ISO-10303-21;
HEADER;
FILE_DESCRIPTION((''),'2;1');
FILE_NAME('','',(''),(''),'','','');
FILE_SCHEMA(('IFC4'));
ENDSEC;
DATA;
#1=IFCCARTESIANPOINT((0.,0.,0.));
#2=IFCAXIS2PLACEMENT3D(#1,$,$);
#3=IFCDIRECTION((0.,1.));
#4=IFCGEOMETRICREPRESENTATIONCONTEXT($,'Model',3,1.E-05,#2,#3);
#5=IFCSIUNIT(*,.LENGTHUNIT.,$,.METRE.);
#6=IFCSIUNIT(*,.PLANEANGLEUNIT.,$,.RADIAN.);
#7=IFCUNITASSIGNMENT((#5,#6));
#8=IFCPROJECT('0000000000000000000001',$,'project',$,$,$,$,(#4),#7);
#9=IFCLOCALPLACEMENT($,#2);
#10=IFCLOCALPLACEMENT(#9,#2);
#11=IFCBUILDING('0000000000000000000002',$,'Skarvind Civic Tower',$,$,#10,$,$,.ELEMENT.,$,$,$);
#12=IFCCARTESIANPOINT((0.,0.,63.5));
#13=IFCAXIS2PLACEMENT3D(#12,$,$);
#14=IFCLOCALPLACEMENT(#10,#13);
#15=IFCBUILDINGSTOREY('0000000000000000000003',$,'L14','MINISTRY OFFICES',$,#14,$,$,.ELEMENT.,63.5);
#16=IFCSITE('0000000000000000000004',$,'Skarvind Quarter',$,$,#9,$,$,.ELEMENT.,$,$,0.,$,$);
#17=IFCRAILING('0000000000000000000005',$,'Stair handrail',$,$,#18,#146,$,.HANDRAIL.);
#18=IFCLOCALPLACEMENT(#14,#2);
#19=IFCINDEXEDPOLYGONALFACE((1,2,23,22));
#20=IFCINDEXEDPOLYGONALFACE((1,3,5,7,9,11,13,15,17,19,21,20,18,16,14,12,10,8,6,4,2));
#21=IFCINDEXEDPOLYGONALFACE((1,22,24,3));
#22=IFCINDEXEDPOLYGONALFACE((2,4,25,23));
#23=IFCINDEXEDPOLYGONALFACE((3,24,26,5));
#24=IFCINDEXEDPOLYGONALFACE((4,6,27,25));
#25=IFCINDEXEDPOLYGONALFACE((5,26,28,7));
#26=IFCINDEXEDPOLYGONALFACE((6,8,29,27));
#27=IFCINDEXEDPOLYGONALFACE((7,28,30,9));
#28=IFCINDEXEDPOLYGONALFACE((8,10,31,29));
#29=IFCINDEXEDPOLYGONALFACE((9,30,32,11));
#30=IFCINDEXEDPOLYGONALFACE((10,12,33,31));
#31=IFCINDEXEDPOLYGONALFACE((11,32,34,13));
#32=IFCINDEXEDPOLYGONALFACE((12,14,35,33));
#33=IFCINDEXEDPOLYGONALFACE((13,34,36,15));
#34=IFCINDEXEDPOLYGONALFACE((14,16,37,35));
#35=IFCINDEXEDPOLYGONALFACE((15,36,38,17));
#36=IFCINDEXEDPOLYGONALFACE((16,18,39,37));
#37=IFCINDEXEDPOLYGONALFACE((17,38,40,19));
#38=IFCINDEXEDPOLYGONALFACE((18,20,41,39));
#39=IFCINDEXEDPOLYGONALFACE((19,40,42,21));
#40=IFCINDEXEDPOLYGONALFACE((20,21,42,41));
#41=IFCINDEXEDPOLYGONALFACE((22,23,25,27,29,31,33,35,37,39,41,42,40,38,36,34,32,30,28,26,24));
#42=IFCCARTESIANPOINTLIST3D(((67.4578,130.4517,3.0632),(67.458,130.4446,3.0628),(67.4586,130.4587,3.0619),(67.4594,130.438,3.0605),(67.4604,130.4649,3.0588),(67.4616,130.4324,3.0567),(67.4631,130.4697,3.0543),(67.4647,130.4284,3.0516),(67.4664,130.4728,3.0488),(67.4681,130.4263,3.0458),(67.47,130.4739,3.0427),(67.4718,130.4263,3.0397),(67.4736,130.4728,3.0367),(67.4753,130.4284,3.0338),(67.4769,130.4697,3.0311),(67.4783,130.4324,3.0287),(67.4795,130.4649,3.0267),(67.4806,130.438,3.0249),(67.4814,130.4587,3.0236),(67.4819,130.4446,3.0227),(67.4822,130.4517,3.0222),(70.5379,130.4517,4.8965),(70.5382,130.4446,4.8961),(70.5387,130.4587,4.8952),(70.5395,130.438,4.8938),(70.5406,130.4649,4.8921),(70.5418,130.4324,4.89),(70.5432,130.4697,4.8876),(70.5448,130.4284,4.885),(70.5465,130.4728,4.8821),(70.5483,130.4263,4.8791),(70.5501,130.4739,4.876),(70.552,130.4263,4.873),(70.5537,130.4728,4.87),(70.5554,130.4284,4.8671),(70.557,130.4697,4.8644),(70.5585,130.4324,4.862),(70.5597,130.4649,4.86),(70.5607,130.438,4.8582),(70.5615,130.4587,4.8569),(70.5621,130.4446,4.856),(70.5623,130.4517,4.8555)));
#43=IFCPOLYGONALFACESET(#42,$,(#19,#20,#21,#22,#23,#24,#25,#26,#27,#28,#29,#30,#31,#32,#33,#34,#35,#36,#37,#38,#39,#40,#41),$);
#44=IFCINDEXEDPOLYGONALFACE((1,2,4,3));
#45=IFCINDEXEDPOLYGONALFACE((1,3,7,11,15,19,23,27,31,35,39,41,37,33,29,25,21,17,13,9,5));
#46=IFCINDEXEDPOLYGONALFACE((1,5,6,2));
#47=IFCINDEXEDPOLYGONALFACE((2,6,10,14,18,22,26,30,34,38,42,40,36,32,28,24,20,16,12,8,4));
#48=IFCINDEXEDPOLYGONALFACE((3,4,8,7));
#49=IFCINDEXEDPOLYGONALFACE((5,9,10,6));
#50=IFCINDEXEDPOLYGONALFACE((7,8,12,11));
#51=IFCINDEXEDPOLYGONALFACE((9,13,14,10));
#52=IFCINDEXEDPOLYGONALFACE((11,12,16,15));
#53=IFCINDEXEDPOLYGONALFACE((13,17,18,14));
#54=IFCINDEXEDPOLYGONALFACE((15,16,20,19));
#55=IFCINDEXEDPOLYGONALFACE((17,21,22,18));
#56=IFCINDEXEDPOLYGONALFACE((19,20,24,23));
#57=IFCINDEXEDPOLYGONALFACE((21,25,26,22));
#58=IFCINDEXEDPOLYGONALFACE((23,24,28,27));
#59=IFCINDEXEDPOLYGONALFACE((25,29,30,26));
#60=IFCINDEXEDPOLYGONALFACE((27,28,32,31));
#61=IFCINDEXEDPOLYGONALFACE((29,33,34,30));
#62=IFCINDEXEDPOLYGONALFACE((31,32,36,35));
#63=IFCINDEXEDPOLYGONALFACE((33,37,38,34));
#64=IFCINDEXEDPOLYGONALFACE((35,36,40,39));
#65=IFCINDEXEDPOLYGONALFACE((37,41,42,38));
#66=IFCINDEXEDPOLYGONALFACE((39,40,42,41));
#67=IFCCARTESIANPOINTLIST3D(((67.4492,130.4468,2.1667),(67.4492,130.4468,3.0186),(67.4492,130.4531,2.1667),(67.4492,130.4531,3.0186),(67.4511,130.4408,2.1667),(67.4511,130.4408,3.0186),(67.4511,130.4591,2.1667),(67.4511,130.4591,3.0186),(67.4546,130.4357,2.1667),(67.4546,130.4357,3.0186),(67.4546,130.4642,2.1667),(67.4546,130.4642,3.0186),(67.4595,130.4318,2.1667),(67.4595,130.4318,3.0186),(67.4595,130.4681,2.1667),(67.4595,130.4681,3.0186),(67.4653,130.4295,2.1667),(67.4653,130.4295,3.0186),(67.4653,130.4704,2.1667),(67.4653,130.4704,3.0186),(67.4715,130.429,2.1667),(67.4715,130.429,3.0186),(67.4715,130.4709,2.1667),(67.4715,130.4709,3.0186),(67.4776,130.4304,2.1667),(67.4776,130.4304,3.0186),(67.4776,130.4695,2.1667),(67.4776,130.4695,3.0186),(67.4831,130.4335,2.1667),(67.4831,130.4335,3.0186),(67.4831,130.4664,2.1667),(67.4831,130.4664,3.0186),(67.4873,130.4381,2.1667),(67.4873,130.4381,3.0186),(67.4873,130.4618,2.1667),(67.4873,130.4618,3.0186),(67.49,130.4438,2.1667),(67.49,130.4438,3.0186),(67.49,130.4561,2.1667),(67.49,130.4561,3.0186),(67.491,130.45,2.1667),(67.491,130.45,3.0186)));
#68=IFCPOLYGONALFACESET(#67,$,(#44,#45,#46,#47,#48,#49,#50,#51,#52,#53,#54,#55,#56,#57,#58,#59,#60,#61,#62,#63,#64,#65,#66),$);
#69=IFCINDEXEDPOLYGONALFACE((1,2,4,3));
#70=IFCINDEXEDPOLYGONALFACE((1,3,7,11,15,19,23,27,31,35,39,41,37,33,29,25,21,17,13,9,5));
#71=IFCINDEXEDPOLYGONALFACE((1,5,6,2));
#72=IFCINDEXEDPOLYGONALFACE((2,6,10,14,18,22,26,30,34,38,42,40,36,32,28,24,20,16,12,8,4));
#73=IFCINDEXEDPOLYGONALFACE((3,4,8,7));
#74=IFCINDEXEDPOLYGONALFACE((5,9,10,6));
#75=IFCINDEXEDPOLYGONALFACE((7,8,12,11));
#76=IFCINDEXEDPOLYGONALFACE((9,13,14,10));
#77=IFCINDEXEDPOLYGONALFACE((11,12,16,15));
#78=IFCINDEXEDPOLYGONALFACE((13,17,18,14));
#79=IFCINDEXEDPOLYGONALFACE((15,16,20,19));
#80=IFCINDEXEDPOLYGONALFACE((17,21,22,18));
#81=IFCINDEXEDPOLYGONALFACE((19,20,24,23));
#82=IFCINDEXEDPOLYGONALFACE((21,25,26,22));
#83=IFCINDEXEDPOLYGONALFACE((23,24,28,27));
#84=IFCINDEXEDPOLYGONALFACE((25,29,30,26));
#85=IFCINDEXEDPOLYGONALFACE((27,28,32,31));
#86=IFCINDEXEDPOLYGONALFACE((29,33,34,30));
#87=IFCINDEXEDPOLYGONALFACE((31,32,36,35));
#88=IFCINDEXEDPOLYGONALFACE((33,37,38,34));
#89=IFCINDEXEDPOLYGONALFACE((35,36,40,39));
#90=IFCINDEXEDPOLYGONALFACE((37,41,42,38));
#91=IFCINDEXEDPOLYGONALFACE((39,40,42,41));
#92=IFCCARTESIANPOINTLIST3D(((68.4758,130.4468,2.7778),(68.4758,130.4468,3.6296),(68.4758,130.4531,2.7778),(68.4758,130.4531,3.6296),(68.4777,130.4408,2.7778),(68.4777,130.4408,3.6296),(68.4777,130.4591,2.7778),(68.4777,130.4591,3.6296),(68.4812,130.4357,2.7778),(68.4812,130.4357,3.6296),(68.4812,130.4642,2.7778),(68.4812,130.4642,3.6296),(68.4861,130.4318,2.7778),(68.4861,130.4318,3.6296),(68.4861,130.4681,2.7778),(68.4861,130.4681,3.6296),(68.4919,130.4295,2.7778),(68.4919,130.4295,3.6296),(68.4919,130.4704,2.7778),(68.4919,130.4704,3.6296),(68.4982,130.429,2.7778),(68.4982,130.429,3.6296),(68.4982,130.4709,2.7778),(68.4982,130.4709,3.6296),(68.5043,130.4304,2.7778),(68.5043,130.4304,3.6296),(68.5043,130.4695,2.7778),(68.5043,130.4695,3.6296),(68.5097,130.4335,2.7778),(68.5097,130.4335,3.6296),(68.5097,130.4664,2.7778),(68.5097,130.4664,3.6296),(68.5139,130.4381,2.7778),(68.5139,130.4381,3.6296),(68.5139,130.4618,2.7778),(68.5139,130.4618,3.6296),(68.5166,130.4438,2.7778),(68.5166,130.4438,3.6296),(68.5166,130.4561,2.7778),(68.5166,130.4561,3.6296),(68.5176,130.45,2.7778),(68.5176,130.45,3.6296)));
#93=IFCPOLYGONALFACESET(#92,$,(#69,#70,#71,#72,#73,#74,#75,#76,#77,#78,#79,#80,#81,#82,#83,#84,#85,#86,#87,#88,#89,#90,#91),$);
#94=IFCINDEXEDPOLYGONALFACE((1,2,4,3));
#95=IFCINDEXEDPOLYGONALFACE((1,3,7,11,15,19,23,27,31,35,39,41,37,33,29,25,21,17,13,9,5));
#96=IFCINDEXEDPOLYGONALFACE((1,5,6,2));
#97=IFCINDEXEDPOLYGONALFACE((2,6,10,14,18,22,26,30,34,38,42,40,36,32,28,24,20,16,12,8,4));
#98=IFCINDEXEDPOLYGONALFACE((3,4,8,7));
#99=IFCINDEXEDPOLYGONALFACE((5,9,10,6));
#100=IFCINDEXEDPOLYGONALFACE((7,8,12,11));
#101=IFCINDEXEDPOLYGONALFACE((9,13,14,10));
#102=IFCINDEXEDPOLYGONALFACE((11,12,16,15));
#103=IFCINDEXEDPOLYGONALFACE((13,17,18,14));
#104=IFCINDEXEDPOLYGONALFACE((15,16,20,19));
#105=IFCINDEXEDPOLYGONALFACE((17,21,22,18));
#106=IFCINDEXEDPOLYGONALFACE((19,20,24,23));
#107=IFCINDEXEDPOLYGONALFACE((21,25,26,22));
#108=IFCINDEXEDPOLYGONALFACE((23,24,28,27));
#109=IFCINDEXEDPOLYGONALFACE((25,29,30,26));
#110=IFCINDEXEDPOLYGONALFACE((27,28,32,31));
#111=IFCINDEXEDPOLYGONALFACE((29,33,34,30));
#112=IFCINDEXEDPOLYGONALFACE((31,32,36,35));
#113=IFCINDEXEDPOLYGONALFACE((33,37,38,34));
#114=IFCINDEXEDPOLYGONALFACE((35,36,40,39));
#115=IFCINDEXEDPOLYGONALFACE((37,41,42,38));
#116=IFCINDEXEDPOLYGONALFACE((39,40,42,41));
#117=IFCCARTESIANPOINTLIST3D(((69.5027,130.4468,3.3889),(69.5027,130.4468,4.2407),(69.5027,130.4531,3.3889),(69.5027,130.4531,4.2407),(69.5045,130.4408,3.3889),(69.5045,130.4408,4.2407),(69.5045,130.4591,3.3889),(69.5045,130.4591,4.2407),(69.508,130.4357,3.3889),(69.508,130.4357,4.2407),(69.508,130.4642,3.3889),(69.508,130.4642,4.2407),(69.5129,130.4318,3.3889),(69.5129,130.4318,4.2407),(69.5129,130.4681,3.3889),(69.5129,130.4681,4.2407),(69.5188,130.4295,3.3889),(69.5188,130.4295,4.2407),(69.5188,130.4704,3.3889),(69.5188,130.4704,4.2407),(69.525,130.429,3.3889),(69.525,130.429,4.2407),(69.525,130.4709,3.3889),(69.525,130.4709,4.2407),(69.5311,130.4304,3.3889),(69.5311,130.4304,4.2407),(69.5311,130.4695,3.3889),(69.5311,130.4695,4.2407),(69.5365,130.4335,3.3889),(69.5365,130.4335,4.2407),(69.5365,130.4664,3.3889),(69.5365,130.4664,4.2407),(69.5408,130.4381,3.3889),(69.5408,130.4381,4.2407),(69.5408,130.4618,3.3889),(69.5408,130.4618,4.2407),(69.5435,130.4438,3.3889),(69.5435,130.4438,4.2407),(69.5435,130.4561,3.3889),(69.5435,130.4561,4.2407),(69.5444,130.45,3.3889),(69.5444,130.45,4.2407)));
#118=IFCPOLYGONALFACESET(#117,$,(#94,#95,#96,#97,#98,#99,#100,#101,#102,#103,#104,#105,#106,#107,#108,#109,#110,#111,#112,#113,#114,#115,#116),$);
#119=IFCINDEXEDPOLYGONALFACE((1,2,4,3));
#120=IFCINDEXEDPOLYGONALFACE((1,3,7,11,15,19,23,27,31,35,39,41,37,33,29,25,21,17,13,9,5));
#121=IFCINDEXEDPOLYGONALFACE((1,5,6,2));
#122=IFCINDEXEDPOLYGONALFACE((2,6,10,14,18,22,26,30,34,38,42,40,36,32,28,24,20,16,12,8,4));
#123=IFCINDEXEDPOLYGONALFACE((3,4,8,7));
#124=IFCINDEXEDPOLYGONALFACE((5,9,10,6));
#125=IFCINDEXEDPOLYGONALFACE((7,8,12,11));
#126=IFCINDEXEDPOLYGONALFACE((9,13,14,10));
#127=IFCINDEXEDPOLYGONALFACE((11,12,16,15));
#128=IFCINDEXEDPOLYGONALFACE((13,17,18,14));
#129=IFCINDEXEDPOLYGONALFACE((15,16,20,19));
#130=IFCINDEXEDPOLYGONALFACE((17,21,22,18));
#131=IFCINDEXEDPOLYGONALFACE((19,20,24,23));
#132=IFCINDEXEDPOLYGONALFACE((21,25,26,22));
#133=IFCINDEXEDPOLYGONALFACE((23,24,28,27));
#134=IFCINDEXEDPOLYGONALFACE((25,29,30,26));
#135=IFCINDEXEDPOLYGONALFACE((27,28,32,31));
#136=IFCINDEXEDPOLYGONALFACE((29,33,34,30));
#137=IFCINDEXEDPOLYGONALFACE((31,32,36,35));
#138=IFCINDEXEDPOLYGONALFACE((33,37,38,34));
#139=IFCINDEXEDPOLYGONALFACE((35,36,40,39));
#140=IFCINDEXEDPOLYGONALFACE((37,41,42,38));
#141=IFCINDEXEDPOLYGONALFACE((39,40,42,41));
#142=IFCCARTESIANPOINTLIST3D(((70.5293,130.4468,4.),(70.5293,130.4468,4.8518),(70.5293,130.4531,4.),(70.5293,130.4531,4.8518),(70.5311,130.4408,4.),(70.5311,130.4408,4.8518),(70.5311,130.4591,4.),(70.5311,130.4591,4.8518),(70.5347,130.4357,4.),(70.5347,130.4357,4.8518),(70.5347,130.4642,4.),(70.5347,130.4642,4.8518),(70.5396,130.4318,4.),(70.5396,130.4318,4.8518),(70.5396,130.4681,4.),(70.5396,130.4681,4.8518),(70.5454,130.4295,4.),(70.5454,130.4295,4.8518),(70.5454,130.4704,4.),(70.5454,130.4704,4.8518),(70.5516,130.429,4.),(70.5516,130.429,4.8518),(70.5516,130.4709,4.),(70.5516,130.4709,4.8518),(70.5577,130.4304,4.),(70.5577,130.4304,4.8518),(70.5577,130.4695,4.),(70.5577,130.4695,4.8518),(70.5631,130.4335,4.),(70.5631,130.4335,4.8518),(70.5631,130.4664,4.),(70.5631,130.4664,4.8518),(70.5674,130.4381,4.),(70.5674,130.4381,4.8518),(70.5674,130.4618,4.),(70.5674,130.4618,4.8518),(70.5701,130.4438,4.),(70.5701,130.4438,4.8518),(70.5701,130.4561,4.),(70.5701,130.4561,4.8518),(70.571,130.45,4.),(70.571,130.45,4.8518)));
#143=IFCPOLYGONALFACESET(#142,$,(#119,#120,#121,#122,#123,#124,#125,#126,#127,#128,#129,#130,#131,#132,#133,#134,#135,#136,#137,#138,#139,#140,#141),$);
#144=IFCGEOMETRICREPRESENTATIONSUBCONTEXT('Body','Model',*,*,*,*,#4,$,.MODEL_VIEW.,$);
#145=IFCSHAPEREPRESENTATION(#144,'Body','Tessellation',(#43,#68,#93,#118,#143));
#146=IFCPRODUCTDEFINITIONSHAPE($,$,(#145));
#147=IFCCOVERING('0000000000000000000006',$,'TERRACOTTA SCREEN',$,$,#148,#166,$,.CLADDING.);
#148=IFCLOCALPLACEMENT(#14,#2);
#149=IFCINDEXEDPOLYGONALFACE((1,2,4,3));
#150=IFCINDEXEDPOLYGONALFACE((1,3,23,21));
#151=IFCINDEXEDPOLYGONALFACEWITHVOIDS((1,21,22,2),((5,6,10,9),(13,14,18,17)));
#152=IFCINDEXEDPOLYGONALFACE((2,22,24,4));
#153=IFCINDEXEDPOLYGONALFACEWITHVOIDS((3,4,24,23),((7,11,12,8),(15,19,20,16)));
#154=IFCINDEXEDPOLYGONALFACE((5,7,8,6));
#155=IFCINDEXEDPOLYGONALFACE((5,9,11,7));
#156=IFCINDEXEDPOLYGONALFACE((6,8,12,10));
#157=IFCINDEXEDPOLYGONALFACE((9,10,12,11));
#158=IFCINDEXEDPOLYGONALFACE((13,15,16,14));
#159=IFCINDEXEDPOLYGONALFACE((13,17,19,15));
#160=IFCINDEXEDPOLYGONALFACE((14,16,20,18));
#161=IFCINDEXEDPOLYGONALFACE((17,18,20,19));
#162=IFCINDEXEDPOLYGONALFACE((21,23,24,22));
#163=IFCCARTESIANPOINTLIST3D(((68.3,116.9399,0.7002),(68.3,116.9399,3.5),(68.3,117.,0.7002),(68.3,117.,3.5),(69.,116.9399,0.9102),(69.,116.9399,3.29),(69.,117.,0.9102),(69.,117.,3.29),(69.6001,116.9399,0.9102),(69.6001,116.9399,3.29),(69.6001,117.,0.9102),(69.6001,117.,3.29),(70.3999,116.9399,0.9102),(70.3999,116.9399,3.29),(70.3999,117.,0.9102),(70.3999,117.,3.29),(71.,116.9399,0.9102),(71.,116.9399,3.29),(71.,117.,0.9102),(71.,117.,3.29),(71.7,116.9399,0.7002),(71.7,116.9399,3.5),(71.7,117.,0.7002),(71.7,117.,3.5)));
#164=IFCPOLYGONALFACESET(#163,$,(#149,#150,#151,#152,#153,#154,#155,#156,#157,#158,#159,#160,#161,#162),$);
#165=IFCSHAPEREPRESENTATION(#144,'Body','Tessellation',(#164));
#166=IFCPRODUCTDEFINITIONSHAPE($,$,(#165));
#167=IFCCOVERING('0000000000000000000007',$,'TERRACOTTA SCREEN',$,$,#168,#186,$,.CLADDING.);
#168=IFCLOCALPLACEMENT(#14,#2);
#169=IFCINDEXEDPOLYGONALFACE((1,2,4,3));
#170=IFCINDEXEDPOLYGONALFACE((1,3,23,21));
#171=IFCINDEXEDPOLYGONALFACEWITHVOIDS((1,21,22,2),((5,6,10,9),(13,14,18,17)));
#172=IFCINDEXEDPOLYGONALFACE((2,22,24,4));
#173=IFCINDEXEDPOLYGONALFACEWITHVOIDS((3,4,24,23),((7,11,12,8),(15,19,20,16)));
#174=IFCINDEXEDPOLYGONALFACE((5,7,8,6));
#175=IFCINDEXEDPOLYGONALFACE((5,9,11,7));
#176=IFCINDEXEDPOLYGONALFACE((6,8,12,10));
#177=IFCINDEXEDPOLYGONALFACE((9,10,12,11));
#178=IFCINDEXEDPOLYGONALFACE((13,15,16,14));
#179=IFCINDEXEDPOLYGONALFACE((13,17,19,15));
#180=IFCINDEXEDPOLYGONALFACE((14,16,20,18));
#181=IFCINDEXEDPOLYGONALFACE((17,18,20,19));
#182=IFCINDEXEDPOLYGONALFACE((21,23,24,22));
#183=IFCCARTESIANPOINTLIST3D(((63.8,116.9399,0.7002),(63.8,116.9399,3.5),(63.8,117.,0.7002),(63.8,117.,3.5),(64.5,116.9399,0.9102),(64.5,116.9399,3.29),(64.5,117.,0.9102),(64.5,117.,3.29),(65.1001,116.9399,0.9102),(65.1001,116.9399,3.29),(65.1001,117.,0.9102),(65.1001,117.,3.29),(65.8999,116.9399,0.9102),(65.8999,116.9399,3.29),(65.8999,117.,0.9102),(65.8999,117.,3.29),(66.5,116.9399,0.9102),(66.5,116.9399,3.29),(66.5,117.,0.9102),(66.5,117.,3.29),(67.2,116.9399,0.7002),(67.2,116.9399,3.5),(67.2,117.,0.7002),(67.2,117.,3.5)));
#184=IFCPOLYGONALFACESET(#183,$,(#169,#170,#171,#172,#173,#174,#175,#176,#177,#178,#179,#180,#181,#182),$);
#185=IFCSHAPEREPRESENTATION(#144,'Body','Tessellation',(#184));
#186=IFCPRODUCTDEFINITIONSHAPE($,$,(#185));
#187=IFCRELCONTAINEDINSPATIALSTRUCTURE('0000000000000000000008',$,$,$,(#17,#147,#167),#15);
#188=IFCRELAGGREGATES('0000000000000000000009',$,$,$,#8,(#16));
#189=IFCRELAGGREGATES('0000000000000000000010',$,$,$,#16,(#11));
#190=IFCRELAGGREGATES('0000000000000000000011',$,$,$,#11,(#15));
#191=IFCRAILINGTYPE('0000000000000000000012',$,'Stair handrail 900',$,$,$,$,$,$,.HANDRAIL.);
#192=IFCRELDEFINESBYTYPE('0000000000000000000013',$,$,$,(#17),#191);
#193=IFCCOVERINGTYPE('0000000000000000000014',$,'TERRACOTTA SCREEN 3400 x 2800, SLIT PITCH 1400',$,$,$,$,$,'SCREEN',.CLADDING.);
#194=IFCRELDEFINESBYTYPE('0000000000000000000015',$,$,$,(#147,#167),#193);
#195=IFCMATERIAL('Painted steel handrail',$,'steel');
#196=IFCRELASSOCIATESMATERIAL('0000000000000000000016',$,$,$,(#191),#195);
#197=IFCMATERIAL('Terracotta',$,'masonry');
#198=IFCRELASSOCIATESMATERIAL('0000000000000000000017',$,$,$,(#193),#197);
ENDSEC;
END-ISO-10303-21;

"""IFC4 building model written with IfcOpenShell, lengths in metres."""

from ifc_helpers import new_model, si_unit, direction, frame, origin, origin_2d, place, context, subcontext, project, spatial, polyline, circle, outline, extrude, material, material_profile, profile_set, type_object, element, save


model = new_model("IFC4")

# Units and contexts
model_context = context("Model", 3, precision=1e-05, world=origin(), true_north=direction((0.0, 1.0)))
body_context = subcontext(model_context, "Body", "Model", "MODEL_VIEW")
ifc_project = project(units=[si_unit("LENGTHUNIT", "METRE"), si_unit("PLANEANGLEUNIT", "RADIAN")], contexts=[model_context])

# Site, building, storey
site_placement = place(None, origin())
site = spatial("IfcSite", under=ifc_project, at=site_placement, Name="Skarvind Quarter", CompositionType="ELEMENT", RefElevation=0.0)
building_placement = place(site_placement, origin())
building = spatial("IfcBuilding", under=site, at=building_placement, Name="Skarvind Civic Tower", CompositionType="ELEMENT")
storey_placement = place(building_placement, frame((0.0, 0.0, 63.5)))
storey = spatial("IfcBuildingStorey", under=building, at=storey_placement, Name="L14", Description="MINISTRY OFFICES", CompositionType="ELEMENT", Elevation=63.5)

# Railing
ifc_material_1 = material(Name="Painted steel handrail", Category="steel")
railing_type = type_object("IfcRailingType", Name="Stair handrail 900", PredefinedType="HANDRAIL", material=ifc_material_1)
railing_1_placement = place(storey_placement, frame((67.47, 130.45, 2.1667)))
element("IfcRailing", 1, at=railing_1_placement, inside=storey, type_object=railing_type, Name="Stair handrail", PredefinedType="HANDRAIL", context=body_context, shape_type="SweptSolid", body=[
    extrude(circle(Radius=0.0239, at=origin_2d()), frame((0.0, 0.0, 0.876), z_axis=(0.859309, 0.0, 0.511458), x_axis=(0.0, 1.0, 0.0)), (0.0, 0.0, 1.0), 3.5845),
    extrude(circle(Radius=0.021, at=origin_2d()), origin(), (0.0, 0.0, 1.0), 0.8518),
    extrude(circle(Radius=0.021, at=origin_2d()), frame((1.0266, 0.0, 0.6111)), (0.0, 0.0, 1.0), 0.8518),
    extrude(circle(Radius=0.021, at=origin_2d()), frame((2.0535, 0.0, 1.2222)), (0.0, 0.0, 1.0), 0.8518),
    extrude(circle(Radius=0.021, at=origin_2d()), frame((3.0801, 0.0, 1.8333)), (0.0, 0.0, 1.0), 0.8518),
])

# Coverings
ifc_material_2 = material(Name="Terracotta", Category="masonry")
ifc_material_profile_1 = material_profile(ifc_material_2, outline(polyline([(-1.7, -1.3999), (1.7, -1.3999), (1.7, 1.3999), (-1.7, 1.3999), (-1.7, -1.3999)]), holes=[polyline([(-1.0, -1.1899), (-0.3999, -1.1899), (-0.3999, 1.1899), (-1.0, 1.1899), (-1.0, -1.1899)]), polyline([(0.3999, -1.1899), (1.0, -1.1899), (1.0, 1.1899), (0.3999, 1.1899), (0.3999, -1.1899)])]), Name="TERRACOTTA SCREEN 3400 x 2800, SLIT PITCH 1400")
ifc_profile_set_1 = profile_set([ifc_material_profile_1], Name="Terracotta")
covering_type = type_object("IfcCoveringType", Name="TERRACOTTA SCREEN 3400 x 2800, SLIT PITCH 1400", ElementType="SCREEN", PredefinedType="CLADDING", material=ifc_profile_set_1)
for number, where, z_axis, x_axis, name in (
    (2, (70.0, 117.0, 2.1001), (0.0, -1.0, 0.0), (1.0, 0.0, 0.0), "TERRACOTTA SCREEN"),
    (3, (65.5, 117.0, 2.1001), (0.0, -1.0, 0.0), (1.0, 0.0, 0.0), "TERRACOTTA SCREEN"),
):
    element("IfcCovering", number, at=place(storey_placement, frame(where, z_axis=z_axis, x_axis=x_axis)), inside=storey, type_object=covering_type, Name=name, PredefinedType="CLADDING", context=body_context, shape_type="SweptSolid", body=[
        extrude(outline(polyline([(-1.7, -1.3999), (1.7, -1.3999), (1.7, 1.3999), (-1.7, 1.3999), (-1.7, -1.3999)]), holes=[polyline([(-1.0, -1.1899), (-0.3999, -1.1899), (-0.3999, 1.1899), (-1.0, 1.1899), (-1.0, -1.1899)]), polyline([(0.3999, -1.1899), (1.0, -1.1899), (1.0, 1.1899), (0.3999, 1.1899), (0.3999, -1.1899)])]), origin(), (0.0, 0.0, 1.0), 0.0601),
    ])

save(model, "model.ifc")
